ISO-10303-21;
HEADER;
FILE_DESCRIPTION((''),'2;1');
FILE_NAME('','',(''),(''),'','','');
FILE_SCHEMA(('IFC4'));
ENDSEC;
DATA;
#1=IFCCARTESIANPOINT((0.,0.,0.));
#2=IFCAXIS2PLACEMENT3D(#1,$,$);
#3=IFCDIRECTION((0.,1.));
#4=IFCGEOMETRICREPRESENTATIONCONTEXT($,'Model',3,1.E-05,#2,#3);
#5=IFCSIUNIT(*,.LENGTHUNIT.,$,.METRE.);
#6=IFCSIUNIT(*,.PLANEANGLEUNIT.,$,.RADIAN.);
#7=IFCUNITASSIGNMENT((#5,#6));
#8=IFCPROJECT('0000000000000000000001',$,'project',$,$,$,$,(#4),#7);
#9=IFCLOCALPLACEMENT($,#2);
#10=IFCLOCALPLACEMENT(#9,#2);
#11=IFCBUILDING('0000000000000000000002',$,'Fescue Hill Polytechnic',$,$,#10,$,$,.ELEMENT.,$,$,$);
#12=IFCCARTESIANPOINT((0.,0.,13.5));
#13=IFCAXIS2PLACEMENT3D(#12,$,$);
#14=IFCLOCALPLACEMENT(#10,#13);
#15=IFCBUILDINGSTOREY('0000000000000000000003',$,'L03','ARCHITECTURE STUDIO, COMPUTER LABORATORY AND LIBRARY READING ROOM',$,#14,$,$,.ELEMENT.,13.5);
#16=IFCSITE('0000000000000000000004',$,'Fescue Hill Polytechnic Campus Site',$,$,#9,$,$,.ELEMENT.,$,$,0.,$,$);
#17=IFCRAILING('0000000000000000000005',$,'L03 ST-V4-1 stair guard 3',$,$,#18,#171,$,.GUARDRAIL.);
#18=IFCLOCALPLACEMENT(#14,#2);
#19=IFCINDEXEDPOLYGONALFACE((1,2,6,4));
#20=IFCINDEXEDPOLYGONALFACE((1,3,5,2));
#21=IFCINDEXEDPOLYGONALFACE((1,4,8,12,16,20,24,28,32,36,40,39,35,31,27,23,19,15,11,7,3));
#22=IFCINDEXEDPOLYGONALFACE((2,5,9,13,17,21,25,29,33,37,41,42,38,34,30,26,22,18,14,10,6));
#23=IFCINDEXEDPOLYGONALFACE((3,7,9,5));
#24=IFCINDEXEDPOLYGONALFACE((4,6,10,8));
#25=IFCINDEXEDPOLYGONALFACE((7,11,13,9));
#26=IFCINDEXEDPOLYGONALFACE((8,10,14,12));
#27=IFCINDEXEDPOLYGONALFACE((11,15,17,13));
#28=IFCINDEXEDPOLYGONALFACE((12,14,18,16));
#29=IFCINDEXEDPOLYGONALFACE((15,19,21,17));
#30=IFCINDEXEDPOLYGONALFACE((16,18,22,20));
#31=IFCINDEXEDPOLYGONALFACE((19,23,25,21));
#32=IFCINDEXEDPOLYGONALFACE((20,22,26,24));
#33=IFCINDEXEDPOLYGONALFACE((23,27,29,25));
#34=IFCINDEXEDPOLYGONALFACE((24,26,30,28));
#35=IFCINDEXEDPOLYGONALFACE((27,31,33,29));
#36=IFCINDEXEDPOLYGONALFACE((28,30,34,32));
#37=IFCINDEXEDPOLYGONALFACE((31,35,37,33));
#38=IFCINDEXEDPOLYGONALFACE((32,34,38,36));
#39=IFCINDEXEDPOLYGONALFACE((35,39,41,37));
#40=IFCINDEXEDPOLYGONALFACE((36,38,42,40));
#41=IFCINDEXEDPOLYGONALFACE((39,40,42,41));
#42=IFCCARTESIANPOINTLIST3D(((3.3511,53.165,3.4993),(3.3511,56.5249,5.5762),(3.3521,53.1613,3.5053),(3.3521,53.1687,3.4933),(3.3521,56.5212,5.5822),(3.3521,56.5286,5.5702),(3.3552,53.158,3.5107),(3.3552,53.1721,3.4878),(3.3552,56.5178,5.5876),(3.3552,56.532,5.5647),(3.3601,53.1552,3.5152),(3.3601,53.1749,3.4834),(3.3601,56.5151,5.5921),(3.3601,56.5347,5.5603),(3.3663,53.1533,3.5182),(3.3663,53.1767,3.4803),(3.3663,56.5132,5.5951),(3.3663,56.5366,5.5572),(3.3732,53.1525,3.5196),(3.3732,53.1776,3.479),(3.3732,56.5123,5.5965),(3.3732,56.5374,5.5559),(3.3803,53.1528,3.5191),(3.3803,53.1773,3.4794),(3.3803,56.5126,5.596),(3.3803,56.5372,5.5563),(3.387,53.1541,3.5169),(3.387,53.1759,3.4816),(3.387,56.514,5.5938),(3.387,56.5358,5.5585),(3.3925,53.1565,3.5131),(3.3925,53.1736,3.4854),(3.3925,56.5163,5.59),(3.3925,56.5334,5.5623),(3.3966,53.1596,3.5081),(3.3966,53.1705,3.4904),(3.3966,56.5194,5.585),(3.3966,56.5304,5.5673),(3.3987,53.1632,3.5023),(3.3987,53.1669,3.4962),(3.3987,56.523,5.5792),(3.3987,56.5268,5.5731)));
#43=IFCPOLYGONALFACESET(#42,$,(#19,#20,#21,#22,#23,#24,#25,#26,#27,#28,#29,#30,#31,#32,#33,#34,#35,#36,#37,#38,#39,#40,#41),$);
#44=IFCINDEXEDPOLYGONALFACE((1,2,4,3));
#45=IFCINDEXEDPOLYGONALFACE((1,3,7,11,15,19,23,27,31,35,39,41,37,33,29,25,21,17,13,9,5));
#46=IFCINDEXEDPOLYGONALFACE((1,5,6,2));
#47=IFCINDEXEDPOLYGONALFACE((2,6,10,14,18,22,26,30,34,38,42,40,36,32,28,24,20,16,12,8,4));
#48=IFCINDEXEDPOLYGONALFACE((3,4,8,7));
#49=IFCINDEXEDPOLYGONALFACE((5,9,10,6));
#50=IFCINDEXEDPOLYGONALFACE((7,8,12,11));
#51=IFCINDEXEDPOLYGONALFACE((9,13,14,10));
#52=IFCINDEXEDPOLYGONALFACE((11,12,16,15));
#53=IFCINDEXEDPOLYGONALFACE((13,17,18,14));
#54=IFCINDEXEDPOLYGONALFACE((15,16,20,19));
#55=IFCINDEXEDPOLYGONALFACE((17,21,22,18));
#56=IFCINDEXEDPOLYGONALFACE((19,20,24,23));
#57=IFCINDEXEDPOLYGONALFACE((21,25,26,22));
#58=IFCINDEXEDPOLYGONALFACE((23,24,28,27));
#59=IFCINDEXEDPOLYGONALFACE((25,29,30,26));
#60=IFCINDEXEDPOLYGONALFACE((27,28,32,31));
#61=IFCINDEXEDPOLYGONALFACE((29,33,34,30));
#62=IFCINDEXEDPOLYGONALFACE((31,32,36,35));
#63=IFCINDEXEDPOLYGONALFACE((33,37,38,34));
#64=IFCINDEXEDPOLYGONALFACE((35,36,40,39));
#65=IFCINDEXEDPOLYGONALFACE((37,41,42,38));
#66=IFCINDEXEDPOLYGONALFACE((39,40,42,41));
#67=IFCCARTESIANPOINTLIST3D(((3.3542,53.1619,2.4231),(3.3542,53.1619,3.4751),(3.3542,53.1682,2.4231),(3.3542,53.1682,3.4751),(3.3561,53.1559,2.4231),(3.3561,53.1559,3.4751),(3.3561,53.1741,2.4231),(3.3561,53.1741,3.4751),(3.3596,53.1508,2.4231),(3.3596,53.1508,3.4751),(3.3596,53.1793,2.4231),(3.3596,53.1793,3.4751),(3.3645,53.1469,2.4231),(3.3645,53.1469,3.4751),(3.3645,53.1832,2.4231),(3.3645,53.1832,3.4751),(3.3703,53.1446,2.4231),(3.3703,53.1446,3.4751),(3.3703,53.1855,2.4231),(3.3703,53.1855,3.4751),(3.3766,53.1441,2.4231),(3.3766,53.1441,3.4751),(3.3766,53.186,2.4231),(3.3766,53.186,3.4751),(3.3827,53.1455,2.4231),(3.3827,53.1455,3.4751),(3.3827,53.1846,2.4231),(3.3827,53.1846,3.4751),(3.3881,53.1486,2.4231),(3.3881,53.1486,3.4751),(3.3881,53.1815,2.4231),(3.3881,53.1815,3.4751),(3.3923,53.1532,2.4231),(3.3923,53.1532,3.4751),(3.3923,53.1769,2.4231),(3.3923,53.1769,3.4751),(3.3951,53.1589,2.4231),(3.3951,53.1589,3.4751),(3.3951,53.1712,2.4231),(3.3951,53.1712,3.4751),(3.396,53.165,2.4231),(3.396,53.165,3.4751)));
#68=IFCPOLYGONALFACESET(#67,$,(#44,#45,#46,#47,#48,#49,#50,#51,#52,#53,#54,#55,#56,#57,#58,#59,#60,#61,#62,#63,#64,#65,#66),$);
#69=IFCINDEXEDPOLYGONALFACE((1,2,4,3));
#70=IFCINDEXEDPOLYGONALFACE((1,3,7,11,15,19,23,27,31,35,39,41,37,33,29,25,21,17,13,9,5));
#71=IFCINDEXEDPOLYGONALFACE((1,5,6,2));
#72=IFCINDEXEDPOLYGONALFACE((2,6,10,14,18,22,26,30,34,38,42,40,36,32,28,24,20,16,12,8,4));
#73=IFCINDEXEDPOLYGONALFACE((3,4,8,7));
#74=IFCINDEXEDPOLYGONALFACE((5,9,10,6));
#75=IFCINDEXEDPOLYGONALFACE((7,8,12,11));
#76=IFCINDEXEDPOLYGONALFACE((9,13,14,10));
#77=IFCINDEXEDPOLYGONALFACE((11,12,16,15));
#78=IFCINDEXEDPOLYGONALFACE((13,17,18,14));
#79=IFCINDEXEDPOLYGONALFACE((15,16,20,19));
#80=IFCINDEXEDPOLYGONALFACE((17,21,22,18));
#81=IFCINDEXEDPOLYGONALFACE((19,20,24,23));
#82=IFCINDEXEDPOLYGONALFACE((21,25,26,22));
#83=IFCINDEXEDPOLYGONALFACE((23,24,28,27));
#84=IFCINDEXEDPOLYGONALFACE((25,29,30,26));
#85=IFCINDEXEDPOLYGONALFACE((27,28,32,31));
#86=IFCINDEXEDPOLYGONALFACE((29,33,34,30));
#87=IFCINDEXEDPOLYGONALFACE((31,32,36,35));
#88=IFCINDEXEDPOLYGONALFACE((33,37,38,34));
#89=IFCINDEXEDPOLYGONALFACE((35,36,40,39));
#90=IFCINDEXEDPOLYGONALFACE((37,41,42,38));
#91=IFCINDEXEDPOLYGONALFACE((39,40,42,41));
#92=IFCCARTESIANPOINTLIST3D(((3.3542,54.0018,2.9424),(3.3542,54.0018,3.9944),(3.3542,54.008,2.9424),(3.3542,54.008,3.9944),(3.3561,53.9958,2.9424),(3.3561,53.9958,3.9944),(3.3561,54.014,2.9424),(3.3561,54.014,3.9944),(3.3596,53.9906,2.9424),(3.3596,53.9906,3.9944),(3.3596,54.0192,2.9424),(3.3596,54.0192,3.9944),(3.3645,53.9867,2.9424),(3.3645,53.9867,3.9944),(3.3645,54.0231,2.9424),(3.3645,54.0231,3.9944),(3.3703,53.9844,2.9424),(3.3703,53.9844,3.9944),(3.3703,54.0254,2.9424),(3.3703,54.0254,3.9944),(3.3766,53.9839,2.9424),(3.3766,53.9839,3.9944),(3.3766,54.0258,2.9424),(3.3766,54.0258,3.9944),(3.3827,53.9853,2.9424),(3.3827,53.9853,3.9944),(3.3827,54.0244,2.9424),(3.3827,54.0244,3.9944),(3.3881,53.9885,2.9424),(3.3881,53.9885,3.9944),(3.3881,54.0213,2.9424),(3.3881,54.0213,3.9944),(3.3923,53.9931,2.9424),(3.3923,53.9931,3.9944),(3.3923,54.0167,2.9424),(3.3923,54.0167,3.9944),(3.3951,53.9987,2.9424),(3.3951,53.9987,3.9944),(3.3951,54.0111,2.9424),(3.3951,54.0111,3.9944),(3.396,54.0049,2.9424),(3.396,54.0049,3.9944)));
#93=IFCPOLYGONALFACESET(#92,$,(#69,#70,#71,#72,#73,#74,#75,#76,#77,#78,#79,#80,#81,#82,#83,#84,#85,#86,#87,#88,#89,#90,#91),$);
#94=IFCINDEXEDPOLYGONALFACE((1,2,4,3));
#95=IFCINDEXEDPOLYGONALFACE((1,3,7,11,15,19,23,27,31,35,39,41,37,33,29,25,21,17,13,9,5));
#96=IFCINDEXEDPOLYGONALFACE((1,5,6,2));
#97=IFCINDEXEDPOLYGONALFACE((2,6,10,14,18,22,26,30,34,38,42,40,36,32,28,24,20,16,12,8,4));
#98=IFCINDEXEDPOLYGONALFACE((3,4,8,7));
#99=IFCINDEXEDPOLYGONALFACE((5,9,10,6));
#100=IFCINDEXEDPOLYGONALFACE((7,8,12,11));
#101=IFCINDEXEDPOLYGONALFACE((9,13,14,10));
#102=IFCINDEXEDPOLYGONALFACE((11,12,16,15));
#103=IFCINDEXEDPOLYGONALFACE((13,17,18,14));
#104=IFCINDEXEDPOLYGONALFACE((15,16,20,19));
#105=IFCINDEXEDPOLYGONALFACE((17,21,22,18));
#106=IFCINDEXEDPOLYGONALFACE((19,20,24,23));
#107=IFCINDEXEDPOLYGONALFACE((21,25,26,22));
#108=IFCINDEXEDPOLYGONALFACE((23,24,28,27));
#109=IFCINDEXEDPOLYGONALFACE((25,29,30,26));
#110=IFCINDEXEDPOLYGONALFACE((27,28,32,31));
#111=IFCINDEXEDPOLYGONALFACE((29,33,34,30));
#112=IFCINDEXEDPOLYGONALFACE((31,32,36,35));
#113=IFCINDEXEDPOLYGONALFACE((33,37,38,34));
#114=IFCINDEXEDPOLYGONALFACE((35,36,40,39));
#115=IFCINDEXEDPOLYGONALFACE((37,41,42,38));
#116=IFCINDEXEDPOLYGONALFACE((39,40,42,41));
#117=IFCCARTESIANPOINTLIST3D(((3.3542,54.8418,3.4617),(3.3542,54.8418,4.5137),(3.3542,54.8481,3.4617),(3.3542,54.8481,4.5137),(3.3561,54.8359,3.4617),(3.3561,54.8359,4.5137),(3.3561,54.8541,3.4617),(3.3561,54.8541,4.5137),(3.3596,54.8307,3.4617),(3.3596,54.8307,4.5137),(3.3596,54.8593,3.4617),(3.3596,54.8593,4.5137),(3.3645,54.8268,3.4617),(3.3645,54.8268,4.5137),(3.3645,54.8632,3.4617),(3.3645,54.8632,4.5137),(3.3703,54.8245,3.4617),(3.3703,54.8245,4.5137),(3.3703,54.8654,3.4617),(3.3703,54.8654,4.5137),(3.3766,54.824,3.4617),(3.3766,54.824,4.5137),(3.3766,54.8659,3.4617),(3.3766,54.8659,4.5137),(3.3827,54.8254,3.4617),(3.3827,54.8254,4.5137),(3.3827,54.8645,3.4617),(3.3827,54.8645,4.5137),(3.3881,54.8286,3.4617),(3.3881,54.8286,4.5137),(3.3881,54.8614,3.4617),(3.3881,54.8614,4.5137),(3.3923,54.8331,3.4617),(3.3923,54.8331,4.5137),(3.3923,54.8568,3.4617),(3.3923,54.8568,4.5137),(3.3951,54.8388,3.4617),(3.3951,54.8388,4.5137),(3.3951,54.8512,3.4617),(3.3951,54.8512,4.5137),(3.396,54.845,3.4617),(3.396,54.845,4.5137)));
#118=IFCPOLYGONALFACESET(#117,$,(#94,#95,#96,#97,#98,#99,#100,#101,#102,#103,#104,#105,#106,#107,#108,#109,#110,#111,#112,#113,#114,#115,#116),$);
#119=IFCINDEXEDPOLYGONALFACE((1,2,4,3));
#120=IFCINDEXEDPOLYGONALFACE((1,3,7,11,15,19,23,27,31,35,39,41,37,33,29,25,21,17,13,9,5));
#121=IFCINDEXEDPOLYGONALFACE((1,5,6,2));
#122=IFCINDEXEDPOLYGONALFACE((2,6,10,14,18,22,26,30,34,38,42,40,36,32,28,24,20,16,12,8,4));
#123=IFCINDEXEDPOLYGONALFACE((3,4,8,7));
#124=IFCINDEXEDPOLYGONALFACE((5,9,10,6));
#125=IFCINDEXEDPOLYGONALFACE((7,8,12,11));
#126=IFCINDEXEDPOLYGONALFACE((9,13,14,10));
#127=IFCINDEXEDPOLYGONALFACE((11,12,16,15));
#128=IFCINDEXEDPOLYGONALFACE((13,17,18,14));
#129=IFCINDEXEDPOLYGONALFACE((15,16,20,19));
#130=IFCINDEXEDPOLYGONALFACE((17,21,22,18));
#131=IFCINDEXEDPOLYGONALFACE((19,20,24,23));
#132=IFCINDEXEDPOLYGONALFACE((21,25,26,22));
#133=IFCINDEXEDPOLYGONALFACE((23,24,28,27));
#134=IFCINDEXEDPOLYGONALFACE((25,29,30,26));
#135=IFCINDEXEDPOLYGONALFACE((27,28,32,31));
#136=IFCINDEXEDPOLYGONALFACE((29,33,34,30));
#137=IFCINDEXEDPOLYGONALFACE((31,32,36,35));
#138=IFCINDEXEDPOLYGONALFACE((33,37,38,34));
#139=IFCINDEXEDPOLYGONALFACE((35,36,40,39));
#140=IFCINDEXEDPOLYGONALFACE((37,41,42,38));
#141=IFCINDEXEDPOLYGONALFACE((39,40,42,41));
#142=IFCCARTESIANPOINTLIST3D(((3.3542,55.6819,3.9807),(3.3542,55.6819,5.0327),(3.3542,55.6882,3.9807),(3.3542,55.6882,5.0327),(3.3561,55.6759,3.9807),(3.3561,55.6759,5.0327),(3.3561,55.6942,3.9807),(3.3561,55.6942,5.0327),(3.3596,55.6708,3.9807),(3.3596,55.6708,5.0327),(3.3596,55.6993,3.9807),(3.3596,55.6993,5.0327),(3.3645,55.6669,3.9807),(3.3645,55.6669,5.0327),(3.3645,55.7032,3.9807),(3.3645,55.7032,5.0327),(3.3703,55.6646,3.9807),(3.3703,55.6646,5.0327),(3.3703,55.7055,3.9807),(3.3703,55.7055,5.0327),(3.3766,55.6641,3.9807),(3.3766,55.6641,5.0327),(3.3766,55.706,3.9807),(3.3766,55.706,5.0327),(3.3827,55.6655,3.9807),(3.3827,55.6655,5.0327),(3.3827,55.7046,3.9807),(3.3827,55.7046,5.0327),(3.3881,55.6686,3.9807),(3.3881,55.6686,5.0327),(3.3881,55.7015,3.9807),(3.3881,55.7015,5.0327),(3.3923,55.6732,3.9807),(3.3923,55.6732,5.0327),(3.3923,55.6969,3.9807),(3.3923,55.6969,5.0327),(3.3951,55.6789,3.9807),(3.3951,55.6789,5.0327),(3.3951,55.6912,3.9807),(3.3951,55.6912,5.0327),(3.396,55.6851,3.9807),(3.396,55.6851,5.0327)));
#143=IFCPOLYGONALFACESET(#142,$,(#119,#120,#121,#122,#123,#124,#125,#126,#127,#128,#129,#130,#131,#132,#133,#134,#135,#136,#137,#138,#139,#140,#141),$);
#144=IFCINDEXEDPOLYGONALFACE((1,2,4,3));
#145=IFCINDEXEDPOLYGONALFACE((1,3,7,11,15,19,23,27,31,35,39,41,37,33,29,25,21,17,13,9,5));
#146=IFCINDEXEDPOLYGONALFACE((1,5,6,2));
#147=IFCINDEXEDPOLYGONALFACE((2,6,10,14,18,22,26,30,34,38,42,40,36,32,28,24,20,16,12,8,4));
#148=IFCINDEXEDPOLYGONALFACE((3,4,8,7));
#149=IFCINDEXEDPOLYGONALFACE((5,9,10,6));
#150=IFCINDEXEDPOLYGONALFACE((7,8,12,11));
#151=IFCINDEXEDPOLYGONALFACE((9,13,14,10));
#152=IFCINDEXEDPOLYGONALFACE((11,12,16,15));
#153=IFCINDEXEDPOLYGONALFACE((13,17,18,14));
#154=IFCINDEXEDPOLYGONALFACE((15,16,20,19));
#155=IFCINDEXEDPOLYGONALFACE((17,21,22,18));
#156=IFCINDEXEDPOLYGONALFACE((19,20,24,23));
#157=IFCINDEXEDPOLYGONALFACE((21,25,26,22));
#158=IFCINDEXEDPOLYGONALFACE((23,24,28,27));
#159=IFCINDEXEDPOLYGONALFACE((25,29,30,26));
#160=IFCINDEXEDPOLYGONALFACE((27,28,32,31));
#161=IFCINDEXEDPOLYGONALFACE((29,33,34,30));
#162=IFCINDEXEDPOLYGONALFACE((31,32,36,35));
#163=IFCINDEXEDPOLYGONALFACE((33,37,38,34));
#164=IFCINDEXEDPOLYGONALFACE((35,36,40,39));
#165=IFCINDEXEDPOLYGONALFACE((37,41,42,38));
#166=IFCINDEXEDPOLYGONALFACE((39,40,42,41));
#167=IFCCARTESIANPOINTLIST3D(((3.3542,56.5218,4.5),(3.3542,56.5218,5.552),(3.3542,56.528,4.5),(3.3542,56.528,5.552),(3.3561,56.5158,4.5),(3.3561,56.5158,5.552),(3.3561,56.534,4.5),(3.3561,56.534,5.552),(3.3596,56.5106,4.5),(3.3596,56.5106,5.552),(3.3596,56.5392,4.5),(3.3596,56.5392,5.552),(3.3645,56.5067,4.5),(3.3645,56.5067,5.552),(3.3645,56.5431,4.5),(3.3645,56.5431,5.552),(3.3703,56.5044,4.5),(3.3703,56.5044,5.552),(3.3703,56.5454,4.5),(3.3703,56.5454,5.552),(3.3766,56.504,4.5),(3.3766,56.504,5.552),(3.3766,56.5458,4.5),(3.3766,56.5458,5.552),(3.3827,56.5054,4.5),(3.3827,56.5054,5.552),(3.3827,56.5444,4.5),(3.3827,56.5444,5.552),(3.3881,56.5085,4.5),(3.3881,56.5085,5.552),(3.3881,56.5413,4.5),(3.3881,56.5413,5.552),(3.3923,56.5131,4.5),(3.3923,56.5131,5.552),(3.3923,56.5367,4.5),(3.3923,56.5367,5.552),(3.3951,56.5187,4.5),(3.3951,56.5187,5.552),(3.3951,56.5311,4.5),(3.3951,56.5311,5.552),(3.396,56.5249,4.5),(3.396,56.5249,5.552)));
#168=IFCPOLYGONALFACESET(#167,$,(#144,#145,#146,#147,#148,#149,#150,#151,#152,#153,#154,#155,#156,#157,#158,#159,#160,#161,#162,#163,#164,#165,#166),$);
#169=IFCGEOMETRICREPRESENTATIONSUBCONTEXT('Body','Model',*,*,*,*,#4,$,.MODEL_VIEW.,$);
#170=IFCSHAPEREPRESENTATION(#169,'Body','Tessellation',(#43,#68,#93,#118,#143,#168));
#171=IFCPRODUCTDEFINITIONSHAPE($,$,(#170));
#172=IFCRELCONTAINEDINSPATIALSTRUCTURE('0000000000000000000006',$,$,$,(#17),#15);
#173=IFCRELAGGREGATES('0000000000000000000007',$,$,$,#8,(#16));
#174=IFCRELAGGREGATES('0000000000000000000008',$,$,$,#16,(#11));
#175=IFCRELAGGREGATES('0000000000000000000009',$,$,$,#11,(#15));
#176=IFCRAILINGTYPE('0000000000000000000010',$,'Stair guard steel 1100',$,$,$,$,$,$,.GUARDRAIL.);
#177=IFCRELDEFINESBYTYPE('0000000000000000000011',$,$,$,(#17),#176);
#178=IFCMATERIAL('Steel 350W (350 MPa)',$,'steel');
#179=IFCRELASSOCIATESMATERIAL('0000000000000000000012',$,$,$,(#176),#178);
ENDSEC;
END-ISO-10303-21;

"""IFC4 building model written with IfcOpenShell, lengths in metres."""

from ifc_helpers import new_model, si_unit, direction, frame, origin, origin_2d, place, context, subcontext, project, spatial, circle, extrude, material, type_object, element, save


model = new_model("IFC4")

# Units and contexts
model_context = context("Model", 3, precision=1e-05, world=origin(), true_north=direction((0.0, 1.0)))
body_context = subcontext(model_context, "Body", "Model", "MODEL_VIEW")
ifc_project = project(units=[si_unit("LENGTHUNIT", "METRE"), si_unit("PLANEANGLEUNIT", "RADIAN")], contexts=[model_context])

# Site, building, storey
site_placement = place(None, origin())
site = spatial("IfcSite", under=ifc_project, at=site_placement, Name="Fescue Hill Polytechnic Campus Site", CompositionType="ELEMENT", RefElevation=0.0)
building_placement = place(site_placement, origin())
building = spatial("IfcBuilding", under=site, at=building_placement, Name="Fescue Hill Polytechnic", CompositionType="ELEMENT")
storey_placement = place(building_placement, frame((0.0, 0.0, 13.5)))
storey = spatial("IfcBuildingStorey", under=building, at=storey_placement, Name="L03", Description="ARCHITECTURE STUDIO, COMPUTER LABORATORY AND LIBRARY READING ROOM", CompositionType="ELEMENT", Elevation=13.5)

# Railing
ifc_material_1 = material(Name="Steel 350W (350 MPa)", Category="steel")
railing_type_1 = type_object("IfcRailingType", Name="Stair guard steel 1100", PredefinedType="GUARDRAIL", material=ifc_material_1)
railing_1_placement = place(storey_placement, frame((3.375, 53.165, 2.4231)))
element("IfcRailing", 1, at=railing_1_placement, inside=storey, type_object=railing_type_1, Name="L03 ST-V4-1 stair guard 3", PredefinedType="GUARDRAIL", context=body_context, shape_type="SweptSolid", body=[
    extrude(circle(Radius=0.0239, at=origin_2d()), frame((0.0, 0.0, 1.0762), z_axis=(0.0, 0.850606, 0.525803), x_axis=(-1.0, 0.0, 0.0)), (0.0, 0.0, 1.0), 3.95),
    extrude(circle(Radius=0.021, at=origin_2d()), origin(), (0.0, 0.0, 1.0), 1.052),
    extrude(circle(Radius=0.021, at=origin_2d()), frame((0.0, 0.8398, 0.5193)), (0.0, 0.0, 1.0), 1.052),
    extrude(circle(Radius=0.021, at=origin_2d()), frame((0.0, 1.6799, 1.0386)), (0.0, 0.0, 1.0), 1.052),
    extrude(circle(Radius=0.021, at=origin_2d()), frame((0.0, 2.52, 1.5576)), (0.0, 0.0, 1.0), 1.052),
    extrude(circle(Radius=0.021, at=origin_2d()), frame((0.0, 3.3599, 2.0769)), (0.0, 0.0, 1.0), 1.052),
])

save(model, "model.ifc")
